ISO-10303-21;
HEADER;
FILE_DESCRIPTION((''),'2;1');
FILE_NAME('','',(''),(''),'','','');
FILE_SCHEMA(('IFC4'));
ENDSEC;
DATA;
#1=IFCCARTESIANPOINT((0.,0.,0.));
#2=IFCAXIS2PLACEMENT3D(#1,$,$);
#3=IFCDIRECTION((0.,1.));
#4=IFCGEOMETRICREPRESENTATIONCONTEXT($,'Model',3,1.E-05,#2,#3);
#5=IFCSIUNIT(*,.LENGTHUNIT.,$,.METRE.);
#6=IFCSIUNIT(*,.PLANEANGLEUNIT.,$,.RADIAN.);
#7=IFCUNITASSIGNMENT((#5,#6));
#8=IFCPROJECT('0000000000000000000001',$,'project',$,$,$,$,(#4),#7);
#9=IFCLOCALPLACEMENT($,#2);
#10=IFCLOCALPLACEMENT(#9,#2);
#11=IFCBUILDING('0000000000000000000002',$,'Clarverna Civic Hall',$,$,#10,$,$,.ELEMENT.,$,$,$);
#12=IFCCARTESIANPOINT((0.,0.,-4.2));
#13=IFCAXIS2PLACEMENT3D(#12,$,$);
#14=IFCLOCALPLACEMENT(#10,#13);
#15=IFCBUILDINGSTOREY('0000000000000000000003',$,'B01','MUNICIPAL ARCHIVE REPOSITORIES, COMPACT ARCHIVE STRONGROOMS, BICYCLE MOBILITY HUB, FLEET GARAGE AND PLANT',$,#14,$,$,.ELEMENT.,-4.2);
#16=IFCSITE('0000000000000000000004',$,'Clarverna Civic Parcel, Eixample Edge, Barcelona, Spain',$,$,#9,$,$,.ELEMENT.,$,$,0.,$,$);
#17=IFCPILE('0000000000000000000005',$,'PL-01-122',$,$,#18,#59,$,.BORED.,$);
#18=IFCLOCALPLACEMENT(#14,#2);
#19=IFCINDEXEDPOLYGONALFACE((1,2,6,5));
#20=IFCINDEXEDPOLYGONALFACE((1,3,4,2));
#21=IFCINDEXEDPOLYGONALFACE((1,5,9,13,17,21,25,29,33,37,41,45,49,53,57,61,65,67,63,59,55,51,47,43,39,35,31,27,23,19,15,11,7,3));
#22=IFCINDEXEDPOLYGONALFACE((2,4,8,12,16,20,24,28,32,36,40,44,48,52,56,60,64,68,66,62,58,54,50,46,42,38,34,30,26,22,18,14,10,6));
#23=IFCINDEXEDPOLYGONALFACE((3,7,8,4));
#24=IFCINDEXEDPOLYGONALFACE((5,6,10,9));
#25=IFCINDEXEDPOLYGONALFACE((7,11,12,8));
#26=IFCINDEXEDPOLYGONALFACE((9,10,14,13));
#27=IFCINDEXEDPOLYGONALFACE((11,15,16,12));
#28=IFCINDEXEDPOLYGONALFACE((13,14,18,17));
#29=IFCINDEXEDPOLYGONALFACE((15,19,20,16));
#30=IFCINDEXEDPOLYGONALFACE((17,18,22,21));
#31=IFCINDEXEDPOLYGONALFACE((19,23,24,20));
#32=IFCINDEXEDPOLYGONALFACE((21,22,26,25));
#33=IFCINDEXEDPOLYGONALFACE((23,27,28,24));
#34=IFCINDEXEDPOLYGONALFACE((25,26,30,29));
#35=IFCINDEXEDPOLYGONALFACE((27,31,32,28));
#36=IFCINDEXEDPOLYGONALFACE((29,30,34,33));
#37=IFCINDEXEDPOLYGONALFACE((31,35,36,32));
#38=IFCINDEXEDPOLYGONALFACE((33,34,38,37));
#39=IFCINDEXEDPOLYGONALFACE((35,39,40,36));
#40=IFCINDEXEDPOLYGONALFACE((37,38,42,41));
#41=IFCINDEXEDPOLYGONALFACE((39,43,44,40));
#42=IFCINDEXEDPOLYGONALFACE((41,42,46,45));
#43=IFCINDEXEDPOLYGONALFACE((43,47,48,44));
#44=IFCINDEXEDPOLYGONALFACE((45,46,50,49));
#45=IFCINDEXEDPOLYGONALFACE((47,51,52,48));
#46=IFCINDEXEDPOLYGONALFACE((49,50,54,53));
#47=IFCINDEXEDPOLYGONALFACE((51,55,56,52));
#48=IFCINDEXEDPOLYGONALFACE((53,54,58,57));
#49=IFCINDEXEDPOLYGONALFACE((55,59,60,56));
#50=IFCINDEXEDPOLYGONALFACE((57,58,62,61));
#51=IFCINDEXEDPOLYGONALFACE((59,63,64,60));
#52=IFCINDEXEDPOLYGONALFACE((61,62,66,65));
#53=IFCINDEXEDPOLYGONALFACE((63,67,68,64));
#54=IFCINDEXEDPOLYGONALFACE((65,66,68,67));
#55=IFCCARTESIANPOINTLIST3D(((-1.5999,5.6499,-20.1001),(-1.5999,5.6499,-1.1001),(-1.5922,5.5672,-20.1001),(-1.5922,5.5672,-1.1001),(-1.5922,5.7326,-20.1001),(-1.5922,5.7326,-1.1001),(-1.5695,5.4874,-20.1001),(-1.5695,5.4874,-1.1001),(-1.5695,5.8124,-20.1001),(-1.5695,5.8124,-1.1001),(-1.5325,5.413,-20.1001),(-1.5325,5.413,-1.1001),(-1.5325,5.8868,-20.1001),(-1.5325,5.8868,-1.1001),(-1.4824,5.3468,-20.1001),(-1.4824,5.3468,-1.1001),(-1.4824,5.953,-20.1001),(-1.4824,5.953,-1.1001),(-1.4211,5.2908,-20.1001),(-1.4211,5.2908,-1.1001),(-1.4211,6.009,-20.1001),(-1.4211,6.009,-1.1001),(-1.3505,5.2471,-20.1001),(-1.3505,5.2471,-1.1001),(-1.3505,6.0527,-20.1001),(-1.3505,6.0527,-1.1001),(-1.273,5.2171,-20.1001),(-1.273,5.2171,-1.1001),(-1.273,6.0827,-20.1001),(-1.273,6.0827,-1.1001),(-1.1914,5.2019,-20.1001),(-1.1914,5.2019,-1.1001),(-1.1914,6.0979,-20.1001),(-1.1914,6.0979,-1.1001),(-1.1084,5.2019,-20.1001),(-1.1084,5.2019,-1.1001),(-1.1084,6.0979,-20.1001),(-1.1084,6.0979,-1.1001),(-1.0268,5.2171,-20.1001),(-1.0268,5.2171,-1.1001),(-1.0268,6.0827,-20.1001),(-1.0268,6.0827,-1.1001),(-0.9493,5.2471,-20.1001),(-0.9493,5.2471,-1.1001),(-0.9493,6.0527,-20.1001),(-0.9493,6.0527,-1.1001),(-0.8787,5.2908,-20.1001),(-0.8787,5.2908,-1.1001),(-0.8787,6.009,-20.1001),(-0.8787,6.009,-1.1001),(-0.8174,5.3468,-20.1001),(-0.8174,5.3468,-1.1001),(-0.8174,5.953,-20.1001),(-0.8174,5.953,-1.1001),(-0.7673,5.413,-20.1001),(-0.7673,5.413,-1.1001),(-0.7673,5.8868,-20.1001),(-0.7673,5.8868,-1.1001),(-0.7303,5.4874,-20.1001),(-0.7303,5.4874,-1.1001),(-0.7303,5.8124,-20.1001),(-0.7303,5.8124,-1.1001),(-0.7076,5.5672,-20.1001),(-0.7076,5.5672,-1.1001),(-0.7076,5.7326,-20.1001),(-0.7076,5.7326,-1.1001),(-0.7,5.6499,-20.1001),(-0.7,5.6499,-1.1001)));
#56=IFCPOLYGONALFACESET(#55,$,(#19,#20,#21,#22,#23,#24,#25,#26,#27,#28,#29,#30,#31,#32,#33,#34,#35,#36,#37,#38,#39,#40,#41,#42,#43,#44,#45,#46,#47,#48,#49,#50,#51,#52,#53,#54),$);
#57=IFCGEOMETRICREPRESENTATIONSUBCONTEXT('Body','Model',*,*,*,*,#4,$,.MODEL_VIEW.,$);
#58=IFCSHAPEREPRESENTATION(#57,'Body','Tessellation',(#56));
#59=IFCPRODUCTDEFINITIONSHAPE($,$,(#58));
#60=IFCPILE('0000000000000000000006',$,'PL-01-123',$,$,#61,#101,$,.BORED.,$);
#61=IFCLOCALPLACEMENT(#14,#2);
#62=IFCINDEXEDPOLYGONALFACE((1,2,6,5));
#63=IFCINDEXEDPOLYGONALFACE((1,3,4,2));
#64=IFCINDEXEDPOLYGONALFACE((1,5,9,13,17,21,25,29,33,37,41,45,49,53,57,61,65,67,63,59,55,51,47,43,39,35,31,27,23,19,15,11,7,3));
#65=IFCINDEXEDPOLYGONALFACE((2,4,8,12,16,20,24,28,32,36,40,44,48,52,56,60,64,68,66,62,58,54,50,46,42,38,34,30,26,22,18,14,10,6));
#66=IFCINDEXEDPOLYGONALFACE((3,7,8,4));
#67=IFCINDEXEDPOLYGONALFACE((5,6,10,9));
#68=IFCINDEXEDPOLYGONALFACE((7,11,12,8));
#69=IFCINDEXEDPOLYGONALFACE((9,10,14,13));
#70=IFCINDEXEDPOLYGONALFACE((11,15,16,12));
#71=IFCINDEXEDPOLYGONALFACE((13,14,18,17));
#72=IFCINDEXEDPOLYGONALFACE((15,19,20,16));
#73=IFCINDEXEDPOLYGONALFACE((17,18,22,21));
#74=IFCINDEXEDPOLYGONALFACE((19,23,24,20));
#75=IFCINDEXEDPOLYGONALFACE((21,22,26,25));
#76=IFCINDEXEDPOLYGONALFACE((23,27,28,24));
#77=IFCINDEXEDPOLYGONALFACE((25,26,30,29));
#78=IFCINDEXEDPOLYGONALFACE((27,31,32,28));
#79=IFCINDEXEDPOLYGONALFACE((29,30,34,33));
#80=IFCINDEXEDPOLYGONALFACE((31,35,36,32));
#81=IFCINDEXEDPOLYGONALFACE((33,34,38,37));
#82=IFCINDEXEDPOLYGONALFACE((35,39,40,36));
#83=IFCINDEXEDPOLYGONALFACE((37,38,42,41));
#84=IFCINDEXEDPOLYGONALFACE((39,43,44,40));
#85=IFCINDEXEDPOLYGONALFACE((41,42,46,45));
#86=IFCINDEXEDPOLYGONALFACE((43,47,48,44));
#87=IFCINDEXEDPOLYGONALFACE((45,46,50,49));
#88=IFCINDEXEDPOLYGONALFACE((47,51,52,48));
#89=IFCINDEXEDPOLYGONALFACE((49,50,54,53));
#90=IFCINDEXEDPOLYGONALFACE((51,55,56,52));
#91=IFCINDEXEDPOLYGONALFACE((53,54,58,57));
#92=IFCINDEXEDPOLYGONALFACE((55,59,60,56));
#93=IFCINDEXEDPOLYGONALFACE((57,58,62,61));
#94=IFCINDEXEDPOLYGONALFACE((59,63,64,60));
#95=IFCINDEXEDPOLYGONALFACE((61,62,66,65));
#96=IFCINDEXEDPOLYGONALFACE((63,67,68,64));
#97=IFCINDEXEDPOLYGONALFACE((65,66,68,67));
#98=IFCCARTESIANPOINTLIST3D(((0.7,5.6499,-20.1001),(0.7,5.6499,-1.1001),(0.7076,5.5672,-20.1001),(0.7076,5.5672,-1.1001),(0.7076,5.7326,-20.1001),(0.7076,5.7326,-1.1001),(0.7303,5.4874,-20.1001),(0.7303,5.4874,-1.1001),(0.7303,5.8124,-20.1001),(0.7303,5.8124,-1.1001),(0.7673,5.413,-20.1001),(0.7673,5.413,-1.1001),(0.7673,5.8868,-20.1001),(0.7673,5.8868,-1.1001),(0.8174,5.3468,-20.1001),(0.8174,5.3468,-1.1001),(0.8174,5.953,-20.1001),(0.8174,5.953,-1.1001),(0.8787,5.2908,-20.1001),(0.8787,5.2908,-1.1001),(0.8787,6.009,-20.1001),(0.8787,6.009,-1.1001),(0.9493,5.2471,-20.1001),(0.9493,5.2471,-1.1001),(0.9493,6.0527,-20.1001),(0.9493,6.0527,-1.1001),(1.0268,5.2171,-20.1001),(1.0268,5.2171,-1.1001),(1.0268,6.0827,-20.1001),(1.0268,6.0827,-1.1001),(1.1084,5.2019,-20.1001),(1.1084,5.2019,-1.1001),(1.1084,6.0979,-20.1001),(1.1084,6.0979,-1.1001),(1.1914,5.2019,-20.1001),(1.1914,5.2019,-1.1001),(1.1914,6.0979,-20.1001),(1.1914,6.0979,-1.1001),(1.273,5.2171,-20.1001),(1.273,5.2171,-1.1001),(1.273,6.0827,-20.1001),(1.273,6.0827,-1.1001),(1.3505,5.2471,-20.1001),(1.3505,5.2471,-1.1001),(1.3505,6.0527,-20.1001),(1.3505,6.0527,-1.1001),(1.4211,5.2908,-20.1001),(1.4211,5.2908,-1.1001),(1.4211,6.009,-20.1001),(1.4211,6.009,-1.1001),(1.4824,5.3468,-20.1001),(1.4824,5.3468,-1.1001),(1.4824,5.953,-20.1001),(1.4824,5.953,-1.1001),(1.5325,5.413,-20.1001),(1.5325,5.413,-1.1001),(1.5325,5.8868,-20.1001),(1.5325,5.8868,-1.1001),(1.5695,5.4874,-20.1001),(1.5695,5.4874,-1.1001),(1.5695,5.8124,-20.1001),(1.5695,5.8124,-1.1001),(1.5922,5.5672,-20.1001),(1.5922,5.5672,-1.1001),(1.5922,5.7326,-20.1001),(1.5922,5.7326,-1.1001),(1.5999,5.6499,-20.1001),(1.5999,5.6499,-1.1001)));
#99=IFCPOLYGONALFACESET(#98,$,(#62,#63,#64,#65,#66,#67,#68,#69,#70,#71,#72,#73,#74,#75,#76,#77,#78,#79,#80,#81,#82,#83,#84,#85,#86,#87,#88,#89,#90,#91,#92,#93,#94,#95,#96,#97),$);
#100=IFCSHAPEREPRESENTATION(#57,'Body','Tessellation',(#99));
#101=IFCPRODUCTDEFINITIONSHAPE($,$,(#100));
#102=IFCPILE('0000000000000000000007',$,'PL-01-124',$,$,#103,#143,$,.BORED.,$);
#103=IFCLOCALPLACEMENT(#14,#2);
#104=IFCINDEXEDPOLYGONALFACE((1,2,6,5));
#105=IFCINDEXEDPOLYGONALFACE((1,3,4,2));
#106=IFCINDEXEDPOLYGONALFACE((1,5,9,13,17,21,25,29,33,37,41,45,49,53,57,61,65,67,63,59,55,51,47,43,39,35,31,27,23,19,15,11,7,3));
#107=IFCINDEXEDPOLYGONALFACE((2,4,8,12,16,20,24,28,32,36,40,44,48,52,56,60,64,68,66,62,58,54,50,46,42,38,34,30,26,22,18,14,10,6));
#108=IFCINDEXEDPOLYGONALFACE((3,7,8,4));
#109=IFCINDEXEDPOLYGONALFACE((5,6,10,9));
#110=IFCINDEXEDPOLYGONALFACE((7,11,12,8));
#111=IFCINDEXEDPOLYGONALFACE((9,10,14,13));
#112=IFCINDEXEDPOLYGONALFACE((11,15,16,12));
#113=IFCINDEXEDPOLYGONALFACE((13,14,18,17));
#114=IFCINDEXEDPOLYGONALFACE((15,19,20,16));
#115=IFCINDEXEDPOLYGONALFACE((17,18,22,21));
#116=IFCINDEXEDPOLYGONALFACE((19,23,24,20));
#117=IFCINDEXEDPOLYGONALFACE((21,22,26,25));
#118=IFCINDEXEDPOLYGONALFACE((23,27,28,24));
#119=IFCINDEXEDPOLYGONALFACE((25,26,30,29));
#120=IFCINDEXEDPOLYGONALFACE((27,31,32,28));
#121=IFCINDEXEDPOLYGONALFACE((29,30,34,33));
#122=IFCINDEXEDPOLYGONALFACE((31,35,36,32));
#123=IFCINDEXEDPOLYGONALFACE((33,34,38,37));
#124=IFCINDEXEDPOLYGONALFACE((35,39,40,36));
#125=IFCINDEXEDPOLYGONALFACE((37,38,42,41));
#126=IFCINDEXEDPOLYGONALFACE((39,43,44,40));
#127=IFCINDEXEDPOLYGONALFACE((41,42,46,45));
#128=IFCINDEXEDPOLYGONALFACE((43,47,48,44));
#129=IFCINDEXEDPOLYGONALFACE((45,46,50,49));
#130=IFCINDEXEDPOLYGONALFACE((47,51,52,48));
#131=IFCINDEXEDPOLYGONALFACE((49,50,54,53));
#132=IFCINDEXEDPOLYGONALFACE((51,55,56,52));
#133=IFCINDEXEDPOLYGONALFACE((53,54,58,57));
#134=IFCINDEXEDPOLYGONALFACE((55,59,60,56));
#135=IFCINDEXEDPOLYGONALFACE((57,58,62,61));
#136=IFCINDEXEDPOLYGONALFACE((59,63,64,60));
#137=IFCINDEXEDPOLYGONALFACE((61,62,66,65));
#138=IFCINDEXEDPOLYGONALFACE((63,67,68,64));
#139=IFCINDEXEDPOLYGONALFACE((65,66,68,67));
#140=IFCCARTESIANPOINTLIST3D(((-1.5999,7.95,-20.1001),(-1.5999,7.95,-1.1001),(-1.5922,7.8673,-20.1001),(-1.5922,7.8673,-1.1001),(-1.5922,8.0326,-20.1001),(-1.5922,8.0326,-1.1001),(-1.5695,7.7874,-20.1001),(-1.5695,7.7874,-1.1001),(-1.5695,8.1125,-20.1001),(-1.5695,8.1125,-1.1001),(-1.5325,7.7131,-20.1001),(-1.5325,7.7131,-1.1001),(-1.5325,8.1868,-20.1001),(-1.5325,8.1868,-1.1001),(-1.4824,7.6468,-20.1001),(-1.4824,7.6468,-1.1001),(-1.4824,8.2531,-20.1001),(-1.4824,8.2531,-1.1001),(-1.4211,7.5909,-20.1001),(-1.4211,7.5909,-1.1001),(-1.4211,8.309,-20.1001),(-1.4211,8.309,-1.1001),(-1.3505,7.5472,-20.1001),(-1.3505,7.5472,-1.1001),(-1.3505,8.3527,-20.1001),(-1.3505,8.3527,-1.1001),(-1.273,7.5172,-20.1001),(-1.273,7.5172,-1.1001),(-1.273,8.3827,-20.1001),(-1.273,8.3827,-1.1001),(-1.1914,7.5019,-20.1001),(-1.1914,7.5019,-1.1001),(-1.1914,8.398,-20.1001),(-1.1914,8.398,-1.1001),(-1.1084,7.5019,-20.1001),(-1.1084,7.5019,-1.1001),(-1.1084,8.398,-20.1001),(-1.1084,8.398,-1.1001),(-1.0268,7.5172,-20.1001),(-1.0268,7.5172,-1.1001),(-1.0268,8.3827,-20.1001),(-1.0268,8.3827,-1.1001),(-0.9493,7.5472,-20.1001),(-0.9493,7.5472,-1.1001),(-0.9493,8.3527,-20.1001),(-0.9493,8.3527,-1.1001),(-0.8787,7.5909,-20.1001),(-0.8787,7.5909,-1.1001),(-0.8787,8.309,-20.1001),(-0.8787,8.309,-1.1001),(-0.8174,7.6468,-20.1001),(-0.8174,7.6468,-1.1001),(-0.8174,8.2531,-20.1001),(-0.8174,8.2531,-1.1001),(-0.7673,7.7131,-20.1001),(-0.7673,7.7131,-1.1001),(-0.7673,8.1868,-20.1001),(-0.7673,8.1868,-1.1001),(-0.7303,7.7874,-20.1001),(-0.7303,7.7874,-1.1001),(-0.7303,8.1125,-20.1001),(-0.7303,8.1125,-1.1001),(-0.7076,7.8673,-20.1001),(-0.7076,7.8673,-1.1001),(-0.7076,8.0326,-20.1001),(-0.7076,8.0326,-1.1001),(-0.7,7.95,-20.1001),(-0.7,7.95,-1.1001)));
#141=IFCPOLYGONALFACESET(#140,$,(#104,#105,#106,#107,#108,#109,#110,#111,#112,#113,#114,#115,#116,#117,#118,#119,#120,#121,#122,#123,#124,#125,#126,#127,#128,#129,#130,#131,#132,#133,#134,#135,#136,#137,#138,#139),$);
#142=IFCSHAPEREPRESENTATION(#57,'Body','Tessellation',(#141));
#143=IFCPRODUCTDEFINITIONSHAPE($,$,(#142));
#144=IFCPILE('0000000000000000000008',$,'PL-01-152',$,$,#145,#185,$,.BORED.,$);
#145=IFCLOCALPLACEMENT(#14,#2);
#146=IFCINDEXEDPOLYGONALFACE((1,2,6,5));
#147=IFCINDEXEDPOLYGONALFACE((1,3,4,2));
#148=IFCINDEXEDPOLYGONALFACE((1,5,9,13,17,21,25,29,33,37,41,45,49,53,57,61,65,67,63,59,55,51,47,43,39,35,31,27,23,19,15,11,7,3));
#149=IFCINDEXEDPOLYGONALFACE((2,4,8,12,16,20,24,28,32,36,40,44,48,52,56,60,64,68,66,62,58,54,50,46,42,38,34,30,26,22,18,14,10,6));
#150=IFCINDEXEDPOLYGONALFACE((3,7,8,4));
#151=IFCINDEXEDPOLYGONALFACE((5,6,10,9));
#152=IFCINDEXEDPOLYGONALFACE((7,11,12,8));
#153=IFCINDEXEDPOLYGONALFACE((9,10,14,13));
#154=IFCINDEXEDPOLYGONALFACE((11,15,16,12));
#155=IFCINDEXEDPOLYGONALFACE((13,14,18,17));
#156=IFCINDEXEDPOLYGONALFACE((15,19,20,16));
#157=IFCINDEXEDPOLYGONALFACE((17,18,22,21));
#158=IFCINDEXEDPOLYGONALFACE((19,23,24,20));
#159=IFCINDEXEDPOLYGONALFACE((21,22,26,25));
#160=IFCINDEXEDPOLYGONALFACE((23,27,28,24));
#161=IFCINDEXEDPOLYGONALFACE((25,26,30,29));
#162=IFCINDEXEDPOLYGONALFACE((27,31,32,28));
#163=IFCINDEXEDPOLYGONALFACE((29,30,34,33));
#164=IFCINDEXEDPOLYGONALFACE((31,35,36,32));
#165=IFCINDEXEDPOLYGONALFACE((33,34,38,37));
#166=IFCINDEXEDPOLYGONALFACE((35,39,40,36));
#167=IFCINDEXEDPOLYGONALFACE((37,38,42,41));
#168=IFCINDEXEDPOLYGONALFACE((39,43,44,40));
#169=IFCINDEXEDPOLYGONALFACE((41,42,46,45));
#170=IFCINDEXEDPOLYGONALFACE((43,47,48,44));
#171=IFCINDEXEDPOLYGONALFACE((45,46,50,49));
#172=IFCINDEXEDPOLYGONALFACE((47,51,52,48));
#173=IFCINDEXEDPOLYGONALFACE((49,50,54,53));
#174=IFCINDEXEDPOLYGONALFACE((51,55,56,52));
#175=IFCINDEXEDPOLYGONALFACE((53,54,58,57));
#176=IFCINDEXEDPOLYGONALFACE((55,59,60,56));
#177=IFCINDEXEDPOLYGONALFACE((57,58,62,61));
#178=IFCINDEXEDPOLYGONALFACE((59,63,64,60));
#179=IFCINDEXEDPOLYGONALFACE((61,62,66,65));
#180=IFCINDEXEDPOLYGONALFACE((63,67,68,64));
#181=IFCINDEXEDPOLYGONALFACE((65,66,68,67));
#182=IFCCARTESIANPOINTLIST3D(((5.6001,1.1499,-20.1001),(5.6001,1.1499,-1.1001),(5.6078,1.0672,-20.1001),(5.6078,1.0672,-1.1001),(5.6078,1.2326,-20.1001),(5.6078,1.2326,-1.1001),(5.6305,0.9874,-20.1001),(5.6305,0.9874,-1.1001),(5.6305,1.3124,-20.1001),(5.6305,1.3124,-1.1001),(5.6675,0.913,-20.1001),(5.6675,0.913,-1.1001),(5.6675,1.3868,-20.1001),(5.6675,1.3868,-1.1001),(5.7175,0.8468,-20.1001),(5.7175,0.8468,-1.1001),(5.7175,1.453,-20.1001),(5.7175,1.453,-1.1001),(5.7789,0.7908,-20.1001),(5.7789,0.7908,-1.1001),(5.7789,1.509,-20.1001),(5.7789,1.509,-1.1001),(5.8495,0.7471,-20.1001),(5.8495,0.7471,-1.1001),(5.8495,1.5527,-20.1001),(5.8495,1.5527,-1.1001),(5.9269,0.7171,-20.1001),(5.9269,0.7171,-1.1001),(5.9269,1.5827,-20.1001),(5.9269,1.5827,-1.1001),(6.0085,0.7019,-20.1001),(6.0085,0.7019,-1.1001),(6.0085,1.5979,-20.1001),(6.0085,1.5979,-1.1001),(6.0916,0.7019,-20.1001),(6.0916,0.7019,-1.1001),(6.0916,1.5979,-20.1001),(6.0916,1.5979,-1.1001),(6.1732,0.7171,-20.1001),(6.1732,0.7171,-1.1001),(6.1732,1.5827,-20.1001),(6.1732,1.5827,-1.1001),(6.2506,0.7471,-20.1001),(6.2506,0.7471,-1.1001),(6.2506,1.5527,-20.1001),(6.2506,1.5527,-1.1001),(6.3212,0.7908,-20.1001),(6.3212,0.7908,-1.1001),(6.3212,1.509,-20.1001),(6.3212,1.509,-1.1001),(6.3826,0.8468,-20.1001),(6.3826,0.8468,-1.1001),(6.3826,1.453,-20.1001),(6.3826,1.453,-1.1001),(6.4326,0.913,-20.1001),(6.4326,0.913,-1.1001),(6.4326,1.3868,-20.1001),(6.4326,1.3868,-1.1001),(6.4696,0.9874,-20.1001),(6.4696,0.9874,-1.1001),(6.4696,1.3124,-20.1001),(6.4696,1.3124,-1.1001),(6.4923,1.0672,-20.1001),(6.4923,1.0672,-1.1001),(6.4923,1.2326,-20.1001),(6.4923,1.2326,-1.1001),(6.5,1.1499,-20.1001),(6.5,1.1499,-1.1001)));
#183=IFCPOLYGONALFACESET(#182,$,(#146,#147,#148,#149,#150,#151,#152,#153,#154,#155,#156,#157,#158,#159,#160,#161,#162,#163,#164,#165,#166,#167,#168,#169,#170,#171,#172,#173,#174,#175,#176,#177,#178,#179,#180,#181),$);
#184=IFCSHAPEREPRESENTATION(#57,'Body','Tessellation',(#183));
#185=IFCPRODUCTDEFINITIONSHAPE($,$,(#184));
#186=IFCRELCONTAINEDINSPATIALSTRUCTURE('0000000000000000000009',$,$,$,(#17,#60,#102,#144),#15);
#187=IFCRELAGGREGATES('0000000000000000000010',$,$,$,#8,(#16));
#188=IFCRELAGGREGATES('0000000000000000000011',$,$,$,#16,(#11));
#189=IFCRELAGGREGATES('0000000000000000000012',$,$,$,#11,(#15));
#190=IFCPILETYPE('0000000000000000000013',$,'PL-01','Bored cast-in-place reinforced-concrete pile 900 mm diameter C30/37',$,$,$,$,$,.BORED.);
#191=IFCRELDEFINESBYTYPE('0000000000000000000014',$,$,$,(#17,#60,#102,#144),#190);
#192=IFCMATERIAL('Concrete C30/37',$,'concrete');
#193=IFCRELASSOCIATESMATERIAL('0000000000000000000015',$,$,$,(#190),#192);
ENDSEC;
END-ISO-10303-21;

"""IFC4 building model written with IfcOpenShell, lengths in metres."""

from ifc_helpers import new_model, si_unit, direction, frame, origin, origin_2d, place, context, subcontext, project, spatial, circle, extrude, material, material_profile, profile_set, type_object, element, save


model = new_model("IFC4")

# Units and contexts
model_context = context("Model", 3, precision=1e-05, world=origin(), true_north=direction((0.0, 1.0)))
body_context = subcontext(model_context, "Body", "Model", "MODEL_VIEW")
ifc_project = project(units=[si_unit("LENGTHUNIT", "METRE"), si_unit("PLANEANGLEUNIT", "RADIAN")], contexts=[model_context])

# Site, building, storey
site_placement = place(None, origin())
site = spatial("IfcSite", under=ifc_project, at=site_placement, Name="Clarverna Civic Parcel, Eixample Edge, Barcelona, Spain", CompositionType="ELEMENT", RefElevation=0.0)
building_placement = place(site_placement, origin())
building = spatial("IfcBuilding", under=site, at=building_placement, Name="Clarverna Civic Hall", CompositionType="ELEMENT")
storey_placement = place(building_placement, frame((0.0, 0.0, -4.2)))
storey = spatial("IfcBuildingStorey", under=building, at=storey_placement, Name="B01", Description="MUNICIPAL ARCHIVE REPOSITORIES, COMPACT ARCHIVE STRONGROOMS, BICYCLE MOBILITY HUB, FLEET GARAGE AND PLANT", CompositionType="ELEMENT", Elevation=-4.2)

# Shared definitions
ifc_material_1 = material(Name="Concrete C30/37", Category="concrete")

# Piles
ifc_material_profile_1 = material_profile(ifc_material_1, circle(Radius=0.45, at=origin_2d()), Name="BORED PILE D900")
ifc_profile_set_1 = profile_set([ifc_material_profile_1], Name="Concrete C30/37")
pile_type = type_object("IfcPileType", Name="PL-01", Description="Bored cast-in-place reinforced-concrete pile 900 mm diameter C30/37", PredefinedType="BORED", material=ifc_profile_set_1)
for number, where, z_axis, x_axis, name in (
    (1, (-1.1499, 5.6499, -1.1001), (0.0, 0.0, -1.0), (1.0, 0.0, 0.0), "PL-01-122"),
    (2, (1.1499, 5.6499, -1.1001), (0.0, 0.0, -1.0), (1.0, 0.0, 0.0), "PL-01-123"),
    (3, (-1.1499, 7.95, -1.1001), (0.0, 0.0, -1.0), (1.0, 0.0, 0.0), "PL-01-124"),
    (4, (6.05, 1.1499, -1.1001), (0.0, 0.0, -1.0), (1.0, 0.0, 0.0), "PL-01-152"),
):
    element("IfcPile", number, at=place(storey_placement, frame(where, z_axis=z_axis, x_axis=x_axis)), inside=storey, type_object=pile_type, Name=name, PredefinedType="BORED", context=body_context, shape_type="SweptSolid", body=[
        extrude(circle(Radius=0.45, at=origin_2d()), origin(), (0.0, 0.0, 1.0), 19.0),
    ])

save(model, "model.ifc")
